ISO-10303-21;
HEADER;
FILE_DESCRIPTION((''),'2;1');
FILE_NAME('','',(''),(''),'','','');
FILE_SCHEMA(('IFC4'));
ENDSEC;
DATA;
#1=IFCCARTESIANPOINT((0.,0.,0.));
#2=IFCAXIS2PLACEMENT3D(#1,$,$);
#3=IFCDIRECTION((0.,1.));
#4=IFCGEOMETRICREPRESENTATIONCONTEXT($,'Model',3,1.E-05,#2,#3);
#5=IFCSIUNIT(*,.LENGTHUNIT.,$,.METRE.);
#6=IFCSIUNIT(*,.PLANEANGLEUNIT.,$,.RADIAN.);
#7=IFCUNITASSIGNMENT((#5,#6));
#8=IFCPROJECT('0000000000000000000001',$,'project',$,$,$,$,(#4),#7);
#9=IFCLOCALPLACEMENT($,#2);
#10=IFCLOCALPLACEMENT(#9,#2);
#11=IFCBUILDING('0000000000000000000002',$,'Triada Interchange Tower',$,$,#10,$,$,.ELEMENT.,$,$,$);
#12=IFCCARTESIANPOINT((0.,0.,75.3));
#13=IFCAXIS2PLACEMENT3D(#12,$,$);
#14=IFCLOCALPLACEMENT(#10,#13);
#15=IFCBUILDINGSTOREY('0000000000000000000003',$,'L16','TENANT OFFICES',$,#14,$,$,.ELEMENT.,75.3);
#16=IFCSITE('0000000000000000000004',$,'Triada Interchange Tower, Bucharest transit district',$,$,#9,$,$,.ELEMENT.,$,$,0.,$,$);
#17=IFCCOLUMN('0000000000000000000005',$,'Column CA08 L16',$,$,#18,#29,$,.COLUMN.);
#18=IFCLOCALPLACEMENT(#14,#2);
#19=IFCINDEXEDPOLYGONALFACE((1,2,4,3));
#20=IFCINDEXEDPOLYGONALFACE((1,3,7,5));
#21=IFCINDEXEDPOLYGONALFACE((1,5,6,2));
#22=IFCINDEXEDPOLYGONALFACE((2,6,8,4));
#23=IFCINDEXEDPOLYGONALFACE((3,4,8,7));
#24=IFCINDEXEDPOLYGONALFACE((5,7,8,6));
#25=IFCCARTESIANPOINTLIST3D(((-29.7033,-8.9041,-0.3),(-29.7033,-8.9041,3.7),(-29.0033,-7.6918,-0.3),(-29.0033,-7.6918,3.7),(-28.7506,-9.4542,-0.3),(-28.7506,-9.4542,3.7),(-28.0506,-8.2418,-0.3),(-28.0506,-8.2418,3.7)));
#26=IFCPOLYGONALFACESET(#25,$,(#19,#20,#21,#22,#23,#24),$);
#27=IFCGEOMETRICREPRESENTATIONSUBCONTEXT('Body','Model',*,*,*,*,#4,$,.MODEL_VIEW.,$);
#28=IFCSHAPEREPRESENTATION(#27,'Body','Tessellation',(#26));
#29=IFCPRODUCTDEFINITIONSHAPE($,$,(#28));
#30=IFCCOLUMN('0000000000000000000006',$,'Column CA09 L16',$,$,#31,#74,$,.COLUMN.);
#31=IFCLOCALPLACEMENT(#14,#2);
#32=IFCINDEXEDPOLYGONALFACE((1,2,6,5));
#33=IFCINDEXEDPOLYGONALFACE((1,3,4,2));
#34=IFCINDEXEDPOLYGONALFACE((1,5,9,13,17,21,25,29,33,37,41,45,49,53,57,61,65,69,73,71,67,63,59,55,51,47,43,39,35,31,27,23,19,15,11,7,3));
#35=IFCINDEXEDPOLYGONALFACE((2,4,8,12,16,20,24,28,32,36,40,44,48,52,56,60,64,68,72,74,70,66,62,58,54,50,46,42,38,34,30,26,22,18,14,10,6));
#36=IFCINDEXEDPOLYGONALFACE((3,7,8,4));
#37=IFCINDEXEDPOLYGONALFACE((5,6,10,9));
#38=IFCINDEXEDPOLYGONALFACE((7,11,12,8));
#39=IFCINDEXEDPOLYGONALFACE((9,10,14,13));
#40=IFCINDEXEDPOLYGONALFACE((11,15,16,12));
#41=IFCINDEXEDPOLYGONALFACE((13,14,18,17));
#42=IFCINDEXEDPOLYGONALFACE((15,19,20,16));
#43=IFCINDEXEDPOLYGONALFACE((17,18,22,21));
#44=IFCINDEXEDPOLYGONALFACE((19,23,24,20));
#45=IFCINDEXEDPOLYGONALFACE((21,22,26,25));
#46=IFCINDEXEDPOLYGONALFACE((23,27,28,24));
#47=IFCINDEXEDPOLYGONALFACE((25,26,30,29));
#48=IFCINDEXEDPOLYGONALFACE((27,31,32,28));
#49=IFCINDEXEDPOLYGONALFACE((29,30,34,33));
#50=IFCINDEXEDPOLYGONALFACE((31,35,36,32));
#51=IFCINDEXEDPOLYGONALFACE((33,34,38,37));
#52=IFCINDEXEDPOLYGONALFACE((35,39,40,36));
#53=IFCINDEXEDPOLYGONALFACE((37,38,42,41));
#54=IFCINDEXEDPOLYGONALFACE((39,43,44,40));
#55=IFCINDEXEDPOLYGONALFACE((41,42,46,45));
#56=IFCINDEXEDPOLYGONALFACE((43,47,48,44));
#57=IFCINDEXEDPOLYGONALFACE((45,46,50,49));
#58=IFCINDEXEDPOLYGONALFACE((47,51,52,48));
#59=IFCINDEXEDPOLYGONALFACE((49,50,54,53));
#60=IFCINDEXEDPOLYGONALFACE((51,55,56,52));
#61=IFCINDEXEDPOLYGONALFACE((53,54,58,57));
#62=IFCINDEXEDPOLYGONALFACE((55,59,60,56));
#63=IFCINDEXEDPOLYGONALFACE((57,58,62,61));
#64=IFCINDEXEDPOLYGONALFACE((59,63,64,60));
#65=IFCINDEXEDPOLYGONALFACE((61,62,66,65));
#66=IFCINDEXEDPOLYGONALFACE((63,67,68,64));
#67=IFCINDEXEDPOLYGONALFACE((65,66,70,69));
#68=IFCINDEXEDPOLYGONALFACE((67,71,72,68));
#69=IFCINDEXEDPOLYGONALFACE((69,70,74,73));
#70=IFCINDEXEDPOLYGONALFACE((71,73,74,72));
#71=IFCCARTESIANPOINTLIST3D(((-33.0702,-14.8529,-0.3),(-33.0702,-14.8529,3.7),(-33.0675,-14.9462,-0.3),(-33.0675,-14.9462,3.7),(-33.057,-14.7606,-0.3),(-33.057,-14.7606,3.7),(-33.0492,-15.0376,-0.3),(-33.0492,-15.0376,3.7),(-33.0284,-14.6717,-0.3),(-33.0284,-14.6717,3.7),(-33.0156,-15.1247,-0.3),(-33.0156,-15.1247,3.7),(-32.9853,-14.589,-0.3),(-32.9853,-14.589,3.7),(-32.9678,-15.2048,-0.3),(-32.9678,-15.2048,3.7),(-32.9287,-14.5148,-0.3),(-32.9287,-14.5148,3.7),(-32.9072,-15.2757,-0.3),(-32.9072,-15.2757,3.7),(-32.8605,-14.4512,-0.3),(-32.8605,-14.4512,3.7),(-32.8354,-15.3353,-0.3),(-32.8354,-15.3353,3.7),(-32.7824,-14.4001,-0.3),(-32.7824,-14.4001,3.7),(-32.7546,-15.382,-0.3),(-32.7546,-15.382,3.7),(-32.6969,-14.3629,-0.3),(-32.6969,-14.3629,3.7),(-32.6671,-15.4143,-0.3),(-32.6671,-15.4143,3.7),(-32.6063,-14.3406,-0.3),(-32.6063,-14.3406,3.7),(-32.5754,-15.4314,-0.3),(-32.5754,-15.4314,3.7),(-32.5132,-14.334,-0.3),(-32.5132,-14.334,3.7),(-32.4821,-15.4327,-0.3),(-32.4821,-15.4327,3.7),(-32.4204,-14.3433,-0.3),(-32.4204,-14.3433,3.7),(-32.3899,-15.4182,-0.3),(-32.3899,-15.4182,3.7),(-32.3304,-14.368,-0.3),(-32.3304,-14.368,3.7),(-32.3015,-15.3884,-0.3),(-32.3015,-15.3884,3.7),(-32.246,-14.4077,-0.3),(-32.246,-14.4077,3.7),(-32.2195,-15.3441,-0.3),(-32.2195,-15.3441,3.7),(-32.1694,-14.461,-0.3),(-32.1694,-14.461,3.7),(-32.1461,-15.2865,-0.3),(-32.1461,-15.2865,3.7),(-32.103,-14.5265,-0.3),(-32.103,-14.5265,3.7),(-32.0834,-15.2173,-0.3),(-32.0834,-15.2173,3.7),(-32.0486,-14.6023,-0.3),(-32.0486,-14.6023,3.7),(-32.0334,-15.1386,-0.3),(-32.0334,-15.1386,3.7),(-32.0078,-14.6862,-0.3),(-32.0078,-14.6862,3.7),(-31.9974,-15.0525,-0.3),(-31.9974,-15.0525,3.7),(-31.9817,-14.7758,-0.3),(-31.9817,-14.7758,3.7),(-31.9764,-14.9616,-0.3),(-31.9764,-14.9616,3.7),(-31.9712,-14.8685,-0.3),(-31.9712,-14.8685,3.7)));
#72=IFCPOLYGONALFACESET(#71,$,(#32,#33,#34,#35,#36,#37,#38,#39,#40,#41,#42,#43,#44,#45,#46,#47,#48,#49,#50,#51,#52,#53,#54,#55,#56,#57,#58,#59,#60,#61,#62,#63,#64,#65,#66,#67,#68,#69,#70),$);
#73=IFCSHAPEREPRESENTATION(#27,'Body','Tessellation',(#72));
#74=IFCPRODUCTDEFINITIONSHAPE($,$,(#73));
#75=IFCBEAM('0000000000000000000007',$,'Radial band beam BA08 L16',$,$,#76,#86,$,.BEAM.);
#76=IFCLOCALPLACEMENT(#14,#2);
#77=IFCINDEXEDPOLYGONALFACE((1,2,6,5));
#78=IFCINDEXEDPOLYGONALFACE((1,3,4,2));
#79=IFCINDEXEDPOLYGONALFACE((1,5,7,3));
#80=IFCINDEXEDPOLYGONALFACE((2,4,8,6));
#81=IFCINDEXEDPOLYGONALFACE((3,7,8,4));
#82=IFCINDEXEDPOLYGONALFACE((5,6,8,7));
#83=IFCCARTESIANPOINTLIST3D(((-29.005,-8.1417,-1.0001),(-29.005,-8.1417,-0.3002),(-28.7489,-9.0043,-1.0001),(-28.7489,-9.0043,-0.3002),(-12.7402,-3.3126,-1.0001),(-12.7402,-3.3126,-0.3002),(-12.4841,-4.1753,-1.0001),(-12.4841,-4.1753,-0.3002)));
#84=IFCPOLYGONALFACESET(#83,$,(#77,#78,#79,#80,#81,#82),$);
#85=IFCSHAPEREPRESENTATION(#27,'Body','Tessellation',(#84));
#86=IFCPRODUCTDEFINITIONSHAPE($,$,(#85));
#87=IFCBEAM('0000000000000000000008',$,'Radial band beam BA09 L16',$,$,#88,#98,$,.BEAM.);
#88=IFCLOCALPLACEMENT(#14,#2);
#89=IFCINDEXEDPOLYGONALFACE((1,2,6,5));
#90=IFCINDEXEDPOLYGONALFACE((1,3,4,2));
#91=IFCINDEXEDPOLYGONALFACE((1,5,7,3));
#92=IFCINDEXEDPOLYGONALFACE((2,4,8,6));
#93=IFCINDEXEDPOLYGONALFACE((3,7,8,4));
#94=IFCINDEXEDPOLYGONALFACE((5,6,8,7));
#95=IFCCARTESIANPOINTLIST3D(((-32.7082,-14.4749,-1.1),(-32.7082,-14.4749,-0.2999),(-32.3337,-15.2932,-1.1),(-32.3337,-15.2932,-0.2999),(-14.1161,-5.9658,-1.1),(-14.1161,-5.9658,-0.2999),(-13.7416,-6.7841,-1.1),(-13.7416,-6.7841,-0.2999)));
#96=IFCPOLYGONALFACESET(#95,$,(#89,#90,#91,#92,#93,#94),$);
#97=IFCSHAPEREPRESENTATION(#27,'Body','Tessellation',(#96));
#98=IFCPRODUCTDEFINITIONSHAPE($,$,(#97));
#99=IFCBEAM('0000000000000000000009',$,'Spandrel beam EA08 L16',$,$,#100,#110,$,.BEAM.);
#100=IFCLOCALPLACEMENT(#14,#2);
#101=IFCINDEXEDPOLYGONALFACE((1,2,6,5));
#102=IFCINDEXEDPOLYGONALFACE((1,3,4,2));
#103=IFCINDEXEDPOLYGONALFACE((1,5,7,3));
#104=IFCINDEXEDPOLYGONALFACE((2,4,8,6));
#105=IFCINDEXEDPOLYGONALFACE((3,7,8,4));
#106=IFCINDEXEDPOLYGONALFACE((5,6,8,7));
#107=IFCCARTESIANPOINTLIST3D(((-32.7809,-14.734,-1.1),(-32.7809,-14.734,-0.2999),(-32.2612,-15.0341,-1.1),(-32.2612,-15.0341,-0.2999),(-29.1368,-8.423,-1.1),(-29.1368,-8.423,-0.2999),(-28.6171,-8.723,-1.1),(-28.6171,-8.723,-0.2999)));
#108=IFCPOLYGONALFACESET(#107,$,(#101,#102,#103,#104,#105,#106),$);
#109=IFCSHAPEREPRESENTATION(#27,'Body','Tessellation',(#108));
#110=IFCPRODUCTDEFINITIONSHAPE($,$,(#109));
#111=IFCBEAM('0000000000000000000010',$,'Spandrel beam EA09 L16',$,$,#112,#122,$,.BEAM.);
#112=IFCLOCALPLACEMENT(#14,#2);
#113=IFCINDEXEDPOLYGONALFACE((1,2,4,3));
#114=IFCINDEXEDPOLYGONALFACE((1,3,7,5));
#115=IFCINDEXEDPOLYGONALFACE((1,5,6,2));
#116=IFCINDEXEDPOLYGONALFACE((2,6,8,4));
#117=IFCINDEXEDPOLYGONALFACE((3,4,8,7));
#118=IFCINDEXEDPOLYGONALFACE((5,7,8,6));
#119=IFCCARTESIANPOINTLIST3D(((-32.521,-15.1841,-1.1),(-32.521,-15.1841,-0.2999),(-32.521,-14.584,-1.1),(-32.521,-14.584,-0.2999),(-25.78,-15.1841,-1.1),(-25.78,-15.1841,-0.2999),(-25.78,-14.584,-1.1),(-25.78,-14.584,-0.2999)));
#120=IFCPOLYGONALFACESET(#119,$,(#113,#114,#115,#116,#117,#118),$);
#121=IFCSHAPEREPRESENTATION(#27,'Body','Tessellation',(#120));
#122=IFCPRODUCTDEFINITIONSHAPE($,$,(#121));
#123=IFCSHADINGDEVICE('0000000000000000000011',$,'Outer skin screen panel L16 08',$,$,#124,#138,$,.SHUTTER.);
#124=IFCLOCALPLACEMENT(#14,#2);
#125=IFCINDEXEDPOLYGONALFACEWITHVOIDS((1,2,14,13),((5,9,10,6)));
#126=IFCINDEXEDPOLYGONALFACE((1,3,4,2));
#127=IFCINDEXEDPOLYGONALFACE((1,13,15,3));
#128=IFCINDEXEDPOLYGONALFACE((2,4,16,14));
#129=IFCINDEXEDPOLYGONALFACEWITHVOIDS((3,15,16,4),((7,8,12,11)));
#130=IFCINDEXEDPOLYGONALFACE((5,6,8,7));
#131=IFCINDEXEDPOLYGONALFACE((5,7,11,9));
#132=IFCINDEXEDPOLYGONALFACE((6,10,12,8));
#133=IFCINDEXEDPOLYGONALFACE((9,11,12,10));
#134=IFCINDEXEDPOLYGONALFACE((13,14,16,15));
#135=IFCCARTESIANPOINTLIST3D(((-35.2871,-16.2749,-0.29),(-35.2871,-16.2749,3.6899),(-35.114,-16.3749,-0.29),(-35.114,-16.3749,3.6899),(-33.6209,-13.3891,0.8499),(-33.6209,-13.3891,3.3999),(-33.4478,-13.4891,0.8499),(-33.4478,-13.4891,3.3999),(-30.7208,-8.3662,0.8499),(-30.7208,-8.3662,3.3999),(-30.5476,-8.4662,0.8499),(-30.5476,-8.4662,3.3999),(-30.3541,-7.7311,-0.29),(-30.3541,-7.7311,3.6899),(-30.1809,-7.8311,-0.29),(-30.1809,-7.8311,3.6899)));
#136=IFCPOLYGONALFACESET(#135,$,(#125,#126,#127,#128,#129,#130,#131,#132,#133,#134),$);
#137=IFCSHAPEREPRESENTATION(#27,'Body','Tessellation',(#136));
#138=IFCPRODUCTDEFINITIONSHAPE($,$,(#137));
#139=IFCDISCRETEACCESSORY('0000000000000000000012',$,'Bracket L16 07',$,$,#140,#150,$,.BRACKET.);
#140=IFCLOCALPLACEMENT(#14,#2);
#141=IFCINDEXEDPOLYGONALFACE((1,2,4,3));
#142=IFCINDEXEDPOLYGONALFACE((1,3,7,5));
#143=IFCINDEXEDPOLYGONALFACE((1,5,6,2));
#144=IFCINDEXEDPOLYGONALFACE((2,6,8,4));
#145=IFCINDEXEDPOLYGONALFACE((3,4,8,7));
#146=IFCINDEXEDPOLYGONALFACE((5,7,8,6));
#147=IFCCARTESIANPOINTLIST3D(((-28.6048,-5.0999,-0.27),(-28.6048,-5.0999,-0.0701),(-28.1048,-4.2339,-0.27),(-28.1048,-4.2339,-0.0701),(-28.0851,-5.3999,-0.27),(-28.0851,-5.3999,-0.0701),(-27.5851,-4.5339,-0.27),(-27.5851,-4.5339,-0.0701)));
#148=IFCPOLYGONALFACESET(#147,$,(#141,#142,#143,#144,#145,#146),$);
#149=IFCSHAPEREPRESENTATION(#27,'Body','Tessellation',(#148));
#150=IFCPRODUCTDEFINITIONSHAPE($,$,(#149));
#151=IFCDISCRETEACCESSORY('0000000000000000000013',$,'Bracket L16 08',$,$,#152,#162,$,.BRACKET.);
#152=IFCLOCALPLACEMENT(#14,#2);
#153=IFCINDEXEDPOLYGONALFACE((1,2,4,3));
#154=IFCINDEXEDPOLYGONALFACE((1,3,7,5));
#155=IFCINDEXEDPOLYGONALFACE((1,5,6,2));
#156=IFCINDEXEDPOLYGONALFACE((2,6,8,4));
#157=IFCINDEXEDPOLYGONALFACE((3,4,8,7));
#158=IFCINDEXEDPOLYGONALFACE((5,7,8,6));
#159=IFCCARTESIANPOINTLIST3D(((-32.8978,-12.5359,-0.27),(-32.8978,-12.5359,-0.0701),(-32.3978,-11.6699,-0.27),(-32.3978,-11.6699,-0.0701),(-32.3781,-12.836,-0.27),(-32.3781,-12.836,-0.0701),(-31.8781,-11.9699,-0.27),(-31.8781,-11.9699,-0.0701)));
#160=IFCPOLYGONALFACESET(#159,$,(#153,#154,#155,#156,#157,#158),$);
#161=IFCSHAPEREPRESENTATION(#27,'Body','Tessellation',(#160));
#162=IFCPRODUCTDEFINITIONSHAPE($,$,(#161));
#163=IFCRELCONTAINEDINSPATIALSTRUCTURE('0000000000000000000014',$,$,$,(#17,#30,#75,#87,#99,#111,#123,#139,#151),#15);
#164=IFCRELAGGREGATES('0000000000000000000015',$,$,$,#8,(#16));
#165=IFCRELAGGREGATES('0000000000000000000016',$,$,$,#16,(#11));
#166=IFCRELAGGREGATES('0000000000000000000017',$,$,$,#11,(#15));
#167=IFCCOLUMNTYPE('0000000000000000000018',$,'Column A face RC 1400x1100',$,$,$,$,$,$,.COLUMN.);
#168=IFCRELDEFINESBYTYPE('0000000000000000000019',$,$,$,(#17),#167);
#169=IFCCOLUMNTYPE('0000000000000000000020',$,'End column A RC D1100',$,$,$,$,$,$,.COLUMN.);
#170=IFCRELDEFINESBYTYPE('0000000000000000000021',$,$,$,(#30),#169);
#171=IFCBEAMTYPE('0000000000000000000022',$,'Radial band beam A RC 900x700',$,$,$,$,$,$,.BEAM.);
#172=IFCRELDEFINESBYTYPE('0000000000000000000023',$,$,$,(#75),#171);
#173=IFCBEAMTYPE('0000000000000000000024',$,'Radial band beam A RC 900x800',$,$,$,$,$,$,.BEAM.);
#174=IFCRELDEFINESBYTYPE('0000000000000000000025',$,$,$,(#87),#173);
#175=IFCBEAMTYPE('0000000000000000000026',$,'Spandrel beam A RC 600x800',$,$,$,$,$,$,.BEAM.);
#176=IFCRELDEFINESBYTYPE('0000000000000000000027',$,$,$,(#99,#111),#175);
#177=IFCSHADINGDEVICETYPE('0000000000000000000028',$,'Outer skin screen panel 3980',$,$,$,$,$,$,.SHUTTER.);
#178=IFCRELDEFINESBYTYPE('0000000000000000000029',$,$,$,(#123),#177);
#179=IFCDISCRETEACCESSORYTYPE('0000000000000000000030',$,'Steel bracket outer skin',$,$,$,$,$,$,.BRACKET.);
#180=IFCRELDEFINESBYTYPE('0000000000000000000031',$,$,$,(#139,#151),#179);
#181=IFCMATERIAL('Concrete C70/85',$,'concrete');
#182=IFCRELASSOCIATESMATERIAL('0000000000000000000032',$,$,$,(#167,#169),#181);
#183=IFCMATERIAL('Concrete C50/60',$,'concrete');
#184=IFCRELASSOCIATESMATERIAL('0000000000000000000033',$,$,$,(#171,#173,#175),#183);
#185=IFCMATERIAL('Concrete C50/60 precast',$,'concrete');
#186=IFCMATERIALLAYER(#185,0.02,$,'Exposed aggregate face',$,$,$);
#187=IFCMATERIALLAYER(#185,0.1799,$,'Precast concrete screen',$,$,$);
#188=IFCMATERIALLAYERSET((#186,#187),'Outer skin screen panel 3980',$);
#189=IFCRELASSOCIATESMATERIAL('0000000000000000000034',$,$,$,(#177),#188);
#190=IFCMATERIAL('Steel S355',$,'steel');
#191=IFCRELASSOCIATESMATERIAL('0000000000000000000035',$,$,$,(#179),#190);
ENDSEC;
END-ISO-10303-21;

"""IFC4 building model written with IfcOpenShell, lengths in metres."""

from ifc_helpers import new_model, si_unit, direction, frame, origin, origin_2d, place, context, subcontext, project, spatial, polyline, rectangle, circle, outline, extrude, material, layer, layer_set, material_profile, profile_set, type_object, element, save


model = new_model("IFC4")

# Units and contexts
model_context = context("Model", 3, precision=1e-05, world=origin(), true_north=direction((0.0, 1.0)))
body_context = subcontext(model_context, "Body", "Model", "MODEL_VIEW")
ifc_project = project(units=[si_unit("LENGTHUNIT", "METRE"), si_unit("PLANEANGLEUNIT", "RADIAN")], contexts=[model_context])

# Site, building, storey
site_placement = place(None, origin())
site = spatial("IfcSite", under=ifc_project, at=site_placement, Name="Triada Interchange Tower, Bucharest transit district", CompositionType="ELEMENT", RefElevation=0.0)
building_placement = place(site_placement, origin())
building = spatial("IfcBuilding", under=site, at=building_placement, Name="Triada Interchange Tower", CompositionType="ELEMENT")
storey_placement = place(building_placement, frame((0.0, 0.0, 75.3)))
storey = spatial("IfcBuildingStorey", under=building, at=storey_placement, Name="L16", Description="TENANT OFFICES", CompositionType="ELEMENT", Elevation=75.3)

# Columns
ifc_material_1 = material(Name="Concrete C70/85", Category="concrete")
ifc_material_profile_1 = material_profile(ifc_material_1, rectangle(XDim=1.3999, YDim=1.1001, at=origin_2d()), Name="RC 1400x1100")
ifc_profile_set_1 = profile_set([ifc_material_profile_1], Name="Concrete C70/85")
column_type_1 = type_object("IfcColumnType", Name="Column A face RC 1400x1100", PredefinedType="COLUMN", material=ifc_profile_set_1)
column_1_placement = place(storey_placement, frame((-28.877, -8.573, -0.3), z_axis=(0.0, 0.0, 1.0), x_axis=(0.5, 0.866025, 0.0)))
element("IfcColumn", 1, at=column_1_placement, inside=storey, type_object=column_type_1, Name="Column CA08 L16", PredefinedType="COLUMN", context=body_context, shape_type="SweptSolid", body=[
    extrude(rectangle(XDim=1.3999, YDim=1.1001, at=origin_2d()), origin(), (0.0, 0.0, 1.0), 4.0),
])
ifc_material_profile_2 = material_profile(ifc_material_1, circle(Radius=0.55, at=origin_2d()), Name="RC D1100")
ifc_profile_set_2 = profile_set([ifc_material_profile_2], Name="Concrete C70/85")
column_type_2 = type_object("IfcColumnType", Name="End column A RC D1100", PredefinedType="COLUMN", material=ifc_profile_set_2)
column_2_placement = place(storey_placement, frame((-32.521, -14.884, -0.3), z_axis=(0.0, 0.0, 1.0), x_axis=(0.5, 0.866025, 0.0)))
element("IfcColumn", 2, at=column_2_placement, inside=storey, type_object=column_type_2, Name="Column CA09 L16", PredefinedType="COLUMN", context=body_context, shape_type="SweptSolid", body=[
    extrude(circle(Radius=0.55, at=origin_2d()), origin(), (0.0, 0.0, 1.0), 4.0),
])

# Beams
ifc_material_2 = material(Name="Concrete C50/60", Category="concrete")
ifc_material_profile_3 = material_profile(ifc_material_2, rectangle(XDim=0.8999, YDim=0.7, at=origin_2d()), Name="RC 900x700")
ifc_profile_set_3 = profile_set([ifc_material_profile_3], Name="Concrete C50/60")
beam_type_1 = type_object("IfcBeamType", Name="Radial band beam A RC 900x700", PredefinedType="BEAM", material=ifc_profile_set_3)
beam_1_placement = place(storey_placement, frame((-28.877, -8.573, -0.6501), z_axis=(0.958639, 0.284623, 0.0), x_axis=(-0.284623, 0.958639, 0.0)))
element("IfcBeam", 3, at=beam_1_placement, inside=storey, type_object=beam_type_1, Name="Radial band beam BA08 L16", PredefinedType="BEAM", context=body_context, shape_type="SweptSolid", body=[
    extrude(rectangle(XDim=0.8999, YDim=0.7, at=origin_2d()), origin(), (0.0, 0.0, 1.0), 16.9666),
])
ifc_material_profile_4 = material_profile(ifc_material_2, rectangle(XDim=0.8999, YDim=0.8, at=origin_2d()), Name="RC 900x800")
ifc_profile_set_4 = profile_set([ifc_material_profile_4], Name="Concrete C50/60")
beam_type_2 = type_object("IfcBeamType", Name="Radial band beam A RC 900x800", PredefinedType="BEAM", material=ifc_profile_set_4)
beam_2_placement = place(storey_placement, frame((-32.521, -14.884, -0.7), z_axis=(0.909293, 0.416157, 0.0), x_axis=(-0.416157, 0.909293, 0.0)))
element("IfcBeam", 4, at=beam_2_placement, inside=storey, type_object=beam_type_2, Name="Radial band beam BA09 L16", PredefinedType="BEAM", context=body_context, shape_type="SweptSolid", body=[
    extrude(rectangle(XDim=0.8999, YDim=0.8, at=origin_2d()), origin(), (0.0, 0.0, 1.0), 20.4468),
])
ifc_material_profile_5 = material_profile(ifc_material_2, rectangle(XDim=0.6001, YDim=0.8, at=origin_2d()), Name="RC 600x800")
ifc_profile_set_5 = profile_set([ifc_material_profile_5], Name="Concrete C50/60")
beam_type_3 = type_object("IfcBeamType", Name="Spandrel beam A RC 600x800", PredefinedType="BEAM", material=ifc_profile_set_5)
beam_3_placement = place(storey_placement, frame((-28.877, -8.573, -0.7), z_axis=(-0.500038, -0.866004, 0.0), x_axis=(0.866004, -0.500038, 0.0)))
element("IfcBeam", 5, at=beam_3_placement, inside=storey, type_object=beam_type_3, Name="Spandrel beam EA08 L16", PredefinedType="BEAM", context=body_context, shape_type="SweptSolid", body=[
    extrude(rectangle(XDim=0.6001, YDim=0.8, at=origin_2d()), origin(), (0.0, 0.0, 1.0), 7.2876),
])
beam_4_placement = place(storey_placement, frame((-32.521, -14.884, -0.7), z_axis=(1.0, 0.0, 0.0), x_axis=(0.0, 1.0, 0.0)))
element("IfcBeam", 6, at=beam_4_placement, inside=storey, type_object=beam_type_3, Name="Spandrel beam EA09 L16", PredefinedType="BEAM", context=body_context, shape_type="SweptSolid", body=[
    extrude(rectangle(XDim=0.6001, YDim=0.8, at=origin_2d()), origin(), (0.0, 0.0, 1.0), 6.741),
])

# Shading device
ifc_material_3 = material(Name="Concrete C50/60 precast", Category="concrete")
ifc_layer_1 = layer(ifc_material_3, 0.02, Name="Exposed aggregate face")
ifc_layer_2 = layer(ifc_material_3, 0.1799, Name="Precast concrete screen")
ifc_layer_set = layer_set([ifc_layer_1, ifc_layer_2], Name="Outer skin screen panel 3980")
shading_device_type = type_object("IfcShadingDeviceType", Name="Outer skin screen panel 3980", PredefinedType="SHUTTER", material=ifc_layer_set)
shading_device_placement = place(storey_placement, frame((-30.1809, -7.8311, -0.29), z_axis=(0.0, 0.0, 1.0), x_axis=(-0.500019, -0.866014, 0.0)))
element("IfcShadingDevice", 7, at=shading_device_placement, inside=storey, type_object=shading_device_type, Name="Outer skin screen panel L16 08", PredefinedType="SHUTTER", context=body_context, shape_type="SweptSolid", body=[
    extrude(outline(polyline([(0.0, 0.0), (9.8657, 0.0), (9.8657, 3.98), (0.0, 3.98), (0.0, 0.0)]), holes=[polyline([(0.7334, 1.1399), (0.7334, 3.6899), (6.5334, 3.6899), (6.5334, 1.1399), (0.7334, 1.1399)])]), frame((0.0, 0.0, 0.0), z_axis=(0.0, -1.0, 0.0), x_axis=(1.0, 0.0, 0.0)), (0.0, 0.0, 1.0), 0.2),
])

# Discrete accessories
ifc_material_4 = material(Name="Steel S355", Category="steel")
discrete_accessory_type = type_object("IfcDiscreteAccessoryType", Name="Steel bracket outer skin", PredefinedType="BRACKET", material=ifc_material_4)
for number, where, z_axis, x_axis, name in (
    (8, (-28.095, -4.8169, -0.27), (0.0, 0.0, 1.0), (-0.866027, 0.499997, 0.0), "Bracket L16 07"),
    (9, (-32.3879, -12.2529, -0.27), (0.0, 0.0, 1.0), (-0.866027, 0.499997, 0.0), "Bracket L16 08"),
):
    element("IfcDiscreteAccessory", number, at=place(storey_placement, frame(where, z_axis=z_axis, x_axis=x_axis)), inside=storey, type_object=discrete_accessory_type, Name=name, PredefinedType="BRACKET", context=body_context, shape_type="SweptSolid", body=[
        extrude(rectangle(XDim=0.6001, YDim=1.0, at=origin_2d()), origin(), (0.0, 0.0, 1.0), 0.2),
    ])

save(model, "model.ifc")
